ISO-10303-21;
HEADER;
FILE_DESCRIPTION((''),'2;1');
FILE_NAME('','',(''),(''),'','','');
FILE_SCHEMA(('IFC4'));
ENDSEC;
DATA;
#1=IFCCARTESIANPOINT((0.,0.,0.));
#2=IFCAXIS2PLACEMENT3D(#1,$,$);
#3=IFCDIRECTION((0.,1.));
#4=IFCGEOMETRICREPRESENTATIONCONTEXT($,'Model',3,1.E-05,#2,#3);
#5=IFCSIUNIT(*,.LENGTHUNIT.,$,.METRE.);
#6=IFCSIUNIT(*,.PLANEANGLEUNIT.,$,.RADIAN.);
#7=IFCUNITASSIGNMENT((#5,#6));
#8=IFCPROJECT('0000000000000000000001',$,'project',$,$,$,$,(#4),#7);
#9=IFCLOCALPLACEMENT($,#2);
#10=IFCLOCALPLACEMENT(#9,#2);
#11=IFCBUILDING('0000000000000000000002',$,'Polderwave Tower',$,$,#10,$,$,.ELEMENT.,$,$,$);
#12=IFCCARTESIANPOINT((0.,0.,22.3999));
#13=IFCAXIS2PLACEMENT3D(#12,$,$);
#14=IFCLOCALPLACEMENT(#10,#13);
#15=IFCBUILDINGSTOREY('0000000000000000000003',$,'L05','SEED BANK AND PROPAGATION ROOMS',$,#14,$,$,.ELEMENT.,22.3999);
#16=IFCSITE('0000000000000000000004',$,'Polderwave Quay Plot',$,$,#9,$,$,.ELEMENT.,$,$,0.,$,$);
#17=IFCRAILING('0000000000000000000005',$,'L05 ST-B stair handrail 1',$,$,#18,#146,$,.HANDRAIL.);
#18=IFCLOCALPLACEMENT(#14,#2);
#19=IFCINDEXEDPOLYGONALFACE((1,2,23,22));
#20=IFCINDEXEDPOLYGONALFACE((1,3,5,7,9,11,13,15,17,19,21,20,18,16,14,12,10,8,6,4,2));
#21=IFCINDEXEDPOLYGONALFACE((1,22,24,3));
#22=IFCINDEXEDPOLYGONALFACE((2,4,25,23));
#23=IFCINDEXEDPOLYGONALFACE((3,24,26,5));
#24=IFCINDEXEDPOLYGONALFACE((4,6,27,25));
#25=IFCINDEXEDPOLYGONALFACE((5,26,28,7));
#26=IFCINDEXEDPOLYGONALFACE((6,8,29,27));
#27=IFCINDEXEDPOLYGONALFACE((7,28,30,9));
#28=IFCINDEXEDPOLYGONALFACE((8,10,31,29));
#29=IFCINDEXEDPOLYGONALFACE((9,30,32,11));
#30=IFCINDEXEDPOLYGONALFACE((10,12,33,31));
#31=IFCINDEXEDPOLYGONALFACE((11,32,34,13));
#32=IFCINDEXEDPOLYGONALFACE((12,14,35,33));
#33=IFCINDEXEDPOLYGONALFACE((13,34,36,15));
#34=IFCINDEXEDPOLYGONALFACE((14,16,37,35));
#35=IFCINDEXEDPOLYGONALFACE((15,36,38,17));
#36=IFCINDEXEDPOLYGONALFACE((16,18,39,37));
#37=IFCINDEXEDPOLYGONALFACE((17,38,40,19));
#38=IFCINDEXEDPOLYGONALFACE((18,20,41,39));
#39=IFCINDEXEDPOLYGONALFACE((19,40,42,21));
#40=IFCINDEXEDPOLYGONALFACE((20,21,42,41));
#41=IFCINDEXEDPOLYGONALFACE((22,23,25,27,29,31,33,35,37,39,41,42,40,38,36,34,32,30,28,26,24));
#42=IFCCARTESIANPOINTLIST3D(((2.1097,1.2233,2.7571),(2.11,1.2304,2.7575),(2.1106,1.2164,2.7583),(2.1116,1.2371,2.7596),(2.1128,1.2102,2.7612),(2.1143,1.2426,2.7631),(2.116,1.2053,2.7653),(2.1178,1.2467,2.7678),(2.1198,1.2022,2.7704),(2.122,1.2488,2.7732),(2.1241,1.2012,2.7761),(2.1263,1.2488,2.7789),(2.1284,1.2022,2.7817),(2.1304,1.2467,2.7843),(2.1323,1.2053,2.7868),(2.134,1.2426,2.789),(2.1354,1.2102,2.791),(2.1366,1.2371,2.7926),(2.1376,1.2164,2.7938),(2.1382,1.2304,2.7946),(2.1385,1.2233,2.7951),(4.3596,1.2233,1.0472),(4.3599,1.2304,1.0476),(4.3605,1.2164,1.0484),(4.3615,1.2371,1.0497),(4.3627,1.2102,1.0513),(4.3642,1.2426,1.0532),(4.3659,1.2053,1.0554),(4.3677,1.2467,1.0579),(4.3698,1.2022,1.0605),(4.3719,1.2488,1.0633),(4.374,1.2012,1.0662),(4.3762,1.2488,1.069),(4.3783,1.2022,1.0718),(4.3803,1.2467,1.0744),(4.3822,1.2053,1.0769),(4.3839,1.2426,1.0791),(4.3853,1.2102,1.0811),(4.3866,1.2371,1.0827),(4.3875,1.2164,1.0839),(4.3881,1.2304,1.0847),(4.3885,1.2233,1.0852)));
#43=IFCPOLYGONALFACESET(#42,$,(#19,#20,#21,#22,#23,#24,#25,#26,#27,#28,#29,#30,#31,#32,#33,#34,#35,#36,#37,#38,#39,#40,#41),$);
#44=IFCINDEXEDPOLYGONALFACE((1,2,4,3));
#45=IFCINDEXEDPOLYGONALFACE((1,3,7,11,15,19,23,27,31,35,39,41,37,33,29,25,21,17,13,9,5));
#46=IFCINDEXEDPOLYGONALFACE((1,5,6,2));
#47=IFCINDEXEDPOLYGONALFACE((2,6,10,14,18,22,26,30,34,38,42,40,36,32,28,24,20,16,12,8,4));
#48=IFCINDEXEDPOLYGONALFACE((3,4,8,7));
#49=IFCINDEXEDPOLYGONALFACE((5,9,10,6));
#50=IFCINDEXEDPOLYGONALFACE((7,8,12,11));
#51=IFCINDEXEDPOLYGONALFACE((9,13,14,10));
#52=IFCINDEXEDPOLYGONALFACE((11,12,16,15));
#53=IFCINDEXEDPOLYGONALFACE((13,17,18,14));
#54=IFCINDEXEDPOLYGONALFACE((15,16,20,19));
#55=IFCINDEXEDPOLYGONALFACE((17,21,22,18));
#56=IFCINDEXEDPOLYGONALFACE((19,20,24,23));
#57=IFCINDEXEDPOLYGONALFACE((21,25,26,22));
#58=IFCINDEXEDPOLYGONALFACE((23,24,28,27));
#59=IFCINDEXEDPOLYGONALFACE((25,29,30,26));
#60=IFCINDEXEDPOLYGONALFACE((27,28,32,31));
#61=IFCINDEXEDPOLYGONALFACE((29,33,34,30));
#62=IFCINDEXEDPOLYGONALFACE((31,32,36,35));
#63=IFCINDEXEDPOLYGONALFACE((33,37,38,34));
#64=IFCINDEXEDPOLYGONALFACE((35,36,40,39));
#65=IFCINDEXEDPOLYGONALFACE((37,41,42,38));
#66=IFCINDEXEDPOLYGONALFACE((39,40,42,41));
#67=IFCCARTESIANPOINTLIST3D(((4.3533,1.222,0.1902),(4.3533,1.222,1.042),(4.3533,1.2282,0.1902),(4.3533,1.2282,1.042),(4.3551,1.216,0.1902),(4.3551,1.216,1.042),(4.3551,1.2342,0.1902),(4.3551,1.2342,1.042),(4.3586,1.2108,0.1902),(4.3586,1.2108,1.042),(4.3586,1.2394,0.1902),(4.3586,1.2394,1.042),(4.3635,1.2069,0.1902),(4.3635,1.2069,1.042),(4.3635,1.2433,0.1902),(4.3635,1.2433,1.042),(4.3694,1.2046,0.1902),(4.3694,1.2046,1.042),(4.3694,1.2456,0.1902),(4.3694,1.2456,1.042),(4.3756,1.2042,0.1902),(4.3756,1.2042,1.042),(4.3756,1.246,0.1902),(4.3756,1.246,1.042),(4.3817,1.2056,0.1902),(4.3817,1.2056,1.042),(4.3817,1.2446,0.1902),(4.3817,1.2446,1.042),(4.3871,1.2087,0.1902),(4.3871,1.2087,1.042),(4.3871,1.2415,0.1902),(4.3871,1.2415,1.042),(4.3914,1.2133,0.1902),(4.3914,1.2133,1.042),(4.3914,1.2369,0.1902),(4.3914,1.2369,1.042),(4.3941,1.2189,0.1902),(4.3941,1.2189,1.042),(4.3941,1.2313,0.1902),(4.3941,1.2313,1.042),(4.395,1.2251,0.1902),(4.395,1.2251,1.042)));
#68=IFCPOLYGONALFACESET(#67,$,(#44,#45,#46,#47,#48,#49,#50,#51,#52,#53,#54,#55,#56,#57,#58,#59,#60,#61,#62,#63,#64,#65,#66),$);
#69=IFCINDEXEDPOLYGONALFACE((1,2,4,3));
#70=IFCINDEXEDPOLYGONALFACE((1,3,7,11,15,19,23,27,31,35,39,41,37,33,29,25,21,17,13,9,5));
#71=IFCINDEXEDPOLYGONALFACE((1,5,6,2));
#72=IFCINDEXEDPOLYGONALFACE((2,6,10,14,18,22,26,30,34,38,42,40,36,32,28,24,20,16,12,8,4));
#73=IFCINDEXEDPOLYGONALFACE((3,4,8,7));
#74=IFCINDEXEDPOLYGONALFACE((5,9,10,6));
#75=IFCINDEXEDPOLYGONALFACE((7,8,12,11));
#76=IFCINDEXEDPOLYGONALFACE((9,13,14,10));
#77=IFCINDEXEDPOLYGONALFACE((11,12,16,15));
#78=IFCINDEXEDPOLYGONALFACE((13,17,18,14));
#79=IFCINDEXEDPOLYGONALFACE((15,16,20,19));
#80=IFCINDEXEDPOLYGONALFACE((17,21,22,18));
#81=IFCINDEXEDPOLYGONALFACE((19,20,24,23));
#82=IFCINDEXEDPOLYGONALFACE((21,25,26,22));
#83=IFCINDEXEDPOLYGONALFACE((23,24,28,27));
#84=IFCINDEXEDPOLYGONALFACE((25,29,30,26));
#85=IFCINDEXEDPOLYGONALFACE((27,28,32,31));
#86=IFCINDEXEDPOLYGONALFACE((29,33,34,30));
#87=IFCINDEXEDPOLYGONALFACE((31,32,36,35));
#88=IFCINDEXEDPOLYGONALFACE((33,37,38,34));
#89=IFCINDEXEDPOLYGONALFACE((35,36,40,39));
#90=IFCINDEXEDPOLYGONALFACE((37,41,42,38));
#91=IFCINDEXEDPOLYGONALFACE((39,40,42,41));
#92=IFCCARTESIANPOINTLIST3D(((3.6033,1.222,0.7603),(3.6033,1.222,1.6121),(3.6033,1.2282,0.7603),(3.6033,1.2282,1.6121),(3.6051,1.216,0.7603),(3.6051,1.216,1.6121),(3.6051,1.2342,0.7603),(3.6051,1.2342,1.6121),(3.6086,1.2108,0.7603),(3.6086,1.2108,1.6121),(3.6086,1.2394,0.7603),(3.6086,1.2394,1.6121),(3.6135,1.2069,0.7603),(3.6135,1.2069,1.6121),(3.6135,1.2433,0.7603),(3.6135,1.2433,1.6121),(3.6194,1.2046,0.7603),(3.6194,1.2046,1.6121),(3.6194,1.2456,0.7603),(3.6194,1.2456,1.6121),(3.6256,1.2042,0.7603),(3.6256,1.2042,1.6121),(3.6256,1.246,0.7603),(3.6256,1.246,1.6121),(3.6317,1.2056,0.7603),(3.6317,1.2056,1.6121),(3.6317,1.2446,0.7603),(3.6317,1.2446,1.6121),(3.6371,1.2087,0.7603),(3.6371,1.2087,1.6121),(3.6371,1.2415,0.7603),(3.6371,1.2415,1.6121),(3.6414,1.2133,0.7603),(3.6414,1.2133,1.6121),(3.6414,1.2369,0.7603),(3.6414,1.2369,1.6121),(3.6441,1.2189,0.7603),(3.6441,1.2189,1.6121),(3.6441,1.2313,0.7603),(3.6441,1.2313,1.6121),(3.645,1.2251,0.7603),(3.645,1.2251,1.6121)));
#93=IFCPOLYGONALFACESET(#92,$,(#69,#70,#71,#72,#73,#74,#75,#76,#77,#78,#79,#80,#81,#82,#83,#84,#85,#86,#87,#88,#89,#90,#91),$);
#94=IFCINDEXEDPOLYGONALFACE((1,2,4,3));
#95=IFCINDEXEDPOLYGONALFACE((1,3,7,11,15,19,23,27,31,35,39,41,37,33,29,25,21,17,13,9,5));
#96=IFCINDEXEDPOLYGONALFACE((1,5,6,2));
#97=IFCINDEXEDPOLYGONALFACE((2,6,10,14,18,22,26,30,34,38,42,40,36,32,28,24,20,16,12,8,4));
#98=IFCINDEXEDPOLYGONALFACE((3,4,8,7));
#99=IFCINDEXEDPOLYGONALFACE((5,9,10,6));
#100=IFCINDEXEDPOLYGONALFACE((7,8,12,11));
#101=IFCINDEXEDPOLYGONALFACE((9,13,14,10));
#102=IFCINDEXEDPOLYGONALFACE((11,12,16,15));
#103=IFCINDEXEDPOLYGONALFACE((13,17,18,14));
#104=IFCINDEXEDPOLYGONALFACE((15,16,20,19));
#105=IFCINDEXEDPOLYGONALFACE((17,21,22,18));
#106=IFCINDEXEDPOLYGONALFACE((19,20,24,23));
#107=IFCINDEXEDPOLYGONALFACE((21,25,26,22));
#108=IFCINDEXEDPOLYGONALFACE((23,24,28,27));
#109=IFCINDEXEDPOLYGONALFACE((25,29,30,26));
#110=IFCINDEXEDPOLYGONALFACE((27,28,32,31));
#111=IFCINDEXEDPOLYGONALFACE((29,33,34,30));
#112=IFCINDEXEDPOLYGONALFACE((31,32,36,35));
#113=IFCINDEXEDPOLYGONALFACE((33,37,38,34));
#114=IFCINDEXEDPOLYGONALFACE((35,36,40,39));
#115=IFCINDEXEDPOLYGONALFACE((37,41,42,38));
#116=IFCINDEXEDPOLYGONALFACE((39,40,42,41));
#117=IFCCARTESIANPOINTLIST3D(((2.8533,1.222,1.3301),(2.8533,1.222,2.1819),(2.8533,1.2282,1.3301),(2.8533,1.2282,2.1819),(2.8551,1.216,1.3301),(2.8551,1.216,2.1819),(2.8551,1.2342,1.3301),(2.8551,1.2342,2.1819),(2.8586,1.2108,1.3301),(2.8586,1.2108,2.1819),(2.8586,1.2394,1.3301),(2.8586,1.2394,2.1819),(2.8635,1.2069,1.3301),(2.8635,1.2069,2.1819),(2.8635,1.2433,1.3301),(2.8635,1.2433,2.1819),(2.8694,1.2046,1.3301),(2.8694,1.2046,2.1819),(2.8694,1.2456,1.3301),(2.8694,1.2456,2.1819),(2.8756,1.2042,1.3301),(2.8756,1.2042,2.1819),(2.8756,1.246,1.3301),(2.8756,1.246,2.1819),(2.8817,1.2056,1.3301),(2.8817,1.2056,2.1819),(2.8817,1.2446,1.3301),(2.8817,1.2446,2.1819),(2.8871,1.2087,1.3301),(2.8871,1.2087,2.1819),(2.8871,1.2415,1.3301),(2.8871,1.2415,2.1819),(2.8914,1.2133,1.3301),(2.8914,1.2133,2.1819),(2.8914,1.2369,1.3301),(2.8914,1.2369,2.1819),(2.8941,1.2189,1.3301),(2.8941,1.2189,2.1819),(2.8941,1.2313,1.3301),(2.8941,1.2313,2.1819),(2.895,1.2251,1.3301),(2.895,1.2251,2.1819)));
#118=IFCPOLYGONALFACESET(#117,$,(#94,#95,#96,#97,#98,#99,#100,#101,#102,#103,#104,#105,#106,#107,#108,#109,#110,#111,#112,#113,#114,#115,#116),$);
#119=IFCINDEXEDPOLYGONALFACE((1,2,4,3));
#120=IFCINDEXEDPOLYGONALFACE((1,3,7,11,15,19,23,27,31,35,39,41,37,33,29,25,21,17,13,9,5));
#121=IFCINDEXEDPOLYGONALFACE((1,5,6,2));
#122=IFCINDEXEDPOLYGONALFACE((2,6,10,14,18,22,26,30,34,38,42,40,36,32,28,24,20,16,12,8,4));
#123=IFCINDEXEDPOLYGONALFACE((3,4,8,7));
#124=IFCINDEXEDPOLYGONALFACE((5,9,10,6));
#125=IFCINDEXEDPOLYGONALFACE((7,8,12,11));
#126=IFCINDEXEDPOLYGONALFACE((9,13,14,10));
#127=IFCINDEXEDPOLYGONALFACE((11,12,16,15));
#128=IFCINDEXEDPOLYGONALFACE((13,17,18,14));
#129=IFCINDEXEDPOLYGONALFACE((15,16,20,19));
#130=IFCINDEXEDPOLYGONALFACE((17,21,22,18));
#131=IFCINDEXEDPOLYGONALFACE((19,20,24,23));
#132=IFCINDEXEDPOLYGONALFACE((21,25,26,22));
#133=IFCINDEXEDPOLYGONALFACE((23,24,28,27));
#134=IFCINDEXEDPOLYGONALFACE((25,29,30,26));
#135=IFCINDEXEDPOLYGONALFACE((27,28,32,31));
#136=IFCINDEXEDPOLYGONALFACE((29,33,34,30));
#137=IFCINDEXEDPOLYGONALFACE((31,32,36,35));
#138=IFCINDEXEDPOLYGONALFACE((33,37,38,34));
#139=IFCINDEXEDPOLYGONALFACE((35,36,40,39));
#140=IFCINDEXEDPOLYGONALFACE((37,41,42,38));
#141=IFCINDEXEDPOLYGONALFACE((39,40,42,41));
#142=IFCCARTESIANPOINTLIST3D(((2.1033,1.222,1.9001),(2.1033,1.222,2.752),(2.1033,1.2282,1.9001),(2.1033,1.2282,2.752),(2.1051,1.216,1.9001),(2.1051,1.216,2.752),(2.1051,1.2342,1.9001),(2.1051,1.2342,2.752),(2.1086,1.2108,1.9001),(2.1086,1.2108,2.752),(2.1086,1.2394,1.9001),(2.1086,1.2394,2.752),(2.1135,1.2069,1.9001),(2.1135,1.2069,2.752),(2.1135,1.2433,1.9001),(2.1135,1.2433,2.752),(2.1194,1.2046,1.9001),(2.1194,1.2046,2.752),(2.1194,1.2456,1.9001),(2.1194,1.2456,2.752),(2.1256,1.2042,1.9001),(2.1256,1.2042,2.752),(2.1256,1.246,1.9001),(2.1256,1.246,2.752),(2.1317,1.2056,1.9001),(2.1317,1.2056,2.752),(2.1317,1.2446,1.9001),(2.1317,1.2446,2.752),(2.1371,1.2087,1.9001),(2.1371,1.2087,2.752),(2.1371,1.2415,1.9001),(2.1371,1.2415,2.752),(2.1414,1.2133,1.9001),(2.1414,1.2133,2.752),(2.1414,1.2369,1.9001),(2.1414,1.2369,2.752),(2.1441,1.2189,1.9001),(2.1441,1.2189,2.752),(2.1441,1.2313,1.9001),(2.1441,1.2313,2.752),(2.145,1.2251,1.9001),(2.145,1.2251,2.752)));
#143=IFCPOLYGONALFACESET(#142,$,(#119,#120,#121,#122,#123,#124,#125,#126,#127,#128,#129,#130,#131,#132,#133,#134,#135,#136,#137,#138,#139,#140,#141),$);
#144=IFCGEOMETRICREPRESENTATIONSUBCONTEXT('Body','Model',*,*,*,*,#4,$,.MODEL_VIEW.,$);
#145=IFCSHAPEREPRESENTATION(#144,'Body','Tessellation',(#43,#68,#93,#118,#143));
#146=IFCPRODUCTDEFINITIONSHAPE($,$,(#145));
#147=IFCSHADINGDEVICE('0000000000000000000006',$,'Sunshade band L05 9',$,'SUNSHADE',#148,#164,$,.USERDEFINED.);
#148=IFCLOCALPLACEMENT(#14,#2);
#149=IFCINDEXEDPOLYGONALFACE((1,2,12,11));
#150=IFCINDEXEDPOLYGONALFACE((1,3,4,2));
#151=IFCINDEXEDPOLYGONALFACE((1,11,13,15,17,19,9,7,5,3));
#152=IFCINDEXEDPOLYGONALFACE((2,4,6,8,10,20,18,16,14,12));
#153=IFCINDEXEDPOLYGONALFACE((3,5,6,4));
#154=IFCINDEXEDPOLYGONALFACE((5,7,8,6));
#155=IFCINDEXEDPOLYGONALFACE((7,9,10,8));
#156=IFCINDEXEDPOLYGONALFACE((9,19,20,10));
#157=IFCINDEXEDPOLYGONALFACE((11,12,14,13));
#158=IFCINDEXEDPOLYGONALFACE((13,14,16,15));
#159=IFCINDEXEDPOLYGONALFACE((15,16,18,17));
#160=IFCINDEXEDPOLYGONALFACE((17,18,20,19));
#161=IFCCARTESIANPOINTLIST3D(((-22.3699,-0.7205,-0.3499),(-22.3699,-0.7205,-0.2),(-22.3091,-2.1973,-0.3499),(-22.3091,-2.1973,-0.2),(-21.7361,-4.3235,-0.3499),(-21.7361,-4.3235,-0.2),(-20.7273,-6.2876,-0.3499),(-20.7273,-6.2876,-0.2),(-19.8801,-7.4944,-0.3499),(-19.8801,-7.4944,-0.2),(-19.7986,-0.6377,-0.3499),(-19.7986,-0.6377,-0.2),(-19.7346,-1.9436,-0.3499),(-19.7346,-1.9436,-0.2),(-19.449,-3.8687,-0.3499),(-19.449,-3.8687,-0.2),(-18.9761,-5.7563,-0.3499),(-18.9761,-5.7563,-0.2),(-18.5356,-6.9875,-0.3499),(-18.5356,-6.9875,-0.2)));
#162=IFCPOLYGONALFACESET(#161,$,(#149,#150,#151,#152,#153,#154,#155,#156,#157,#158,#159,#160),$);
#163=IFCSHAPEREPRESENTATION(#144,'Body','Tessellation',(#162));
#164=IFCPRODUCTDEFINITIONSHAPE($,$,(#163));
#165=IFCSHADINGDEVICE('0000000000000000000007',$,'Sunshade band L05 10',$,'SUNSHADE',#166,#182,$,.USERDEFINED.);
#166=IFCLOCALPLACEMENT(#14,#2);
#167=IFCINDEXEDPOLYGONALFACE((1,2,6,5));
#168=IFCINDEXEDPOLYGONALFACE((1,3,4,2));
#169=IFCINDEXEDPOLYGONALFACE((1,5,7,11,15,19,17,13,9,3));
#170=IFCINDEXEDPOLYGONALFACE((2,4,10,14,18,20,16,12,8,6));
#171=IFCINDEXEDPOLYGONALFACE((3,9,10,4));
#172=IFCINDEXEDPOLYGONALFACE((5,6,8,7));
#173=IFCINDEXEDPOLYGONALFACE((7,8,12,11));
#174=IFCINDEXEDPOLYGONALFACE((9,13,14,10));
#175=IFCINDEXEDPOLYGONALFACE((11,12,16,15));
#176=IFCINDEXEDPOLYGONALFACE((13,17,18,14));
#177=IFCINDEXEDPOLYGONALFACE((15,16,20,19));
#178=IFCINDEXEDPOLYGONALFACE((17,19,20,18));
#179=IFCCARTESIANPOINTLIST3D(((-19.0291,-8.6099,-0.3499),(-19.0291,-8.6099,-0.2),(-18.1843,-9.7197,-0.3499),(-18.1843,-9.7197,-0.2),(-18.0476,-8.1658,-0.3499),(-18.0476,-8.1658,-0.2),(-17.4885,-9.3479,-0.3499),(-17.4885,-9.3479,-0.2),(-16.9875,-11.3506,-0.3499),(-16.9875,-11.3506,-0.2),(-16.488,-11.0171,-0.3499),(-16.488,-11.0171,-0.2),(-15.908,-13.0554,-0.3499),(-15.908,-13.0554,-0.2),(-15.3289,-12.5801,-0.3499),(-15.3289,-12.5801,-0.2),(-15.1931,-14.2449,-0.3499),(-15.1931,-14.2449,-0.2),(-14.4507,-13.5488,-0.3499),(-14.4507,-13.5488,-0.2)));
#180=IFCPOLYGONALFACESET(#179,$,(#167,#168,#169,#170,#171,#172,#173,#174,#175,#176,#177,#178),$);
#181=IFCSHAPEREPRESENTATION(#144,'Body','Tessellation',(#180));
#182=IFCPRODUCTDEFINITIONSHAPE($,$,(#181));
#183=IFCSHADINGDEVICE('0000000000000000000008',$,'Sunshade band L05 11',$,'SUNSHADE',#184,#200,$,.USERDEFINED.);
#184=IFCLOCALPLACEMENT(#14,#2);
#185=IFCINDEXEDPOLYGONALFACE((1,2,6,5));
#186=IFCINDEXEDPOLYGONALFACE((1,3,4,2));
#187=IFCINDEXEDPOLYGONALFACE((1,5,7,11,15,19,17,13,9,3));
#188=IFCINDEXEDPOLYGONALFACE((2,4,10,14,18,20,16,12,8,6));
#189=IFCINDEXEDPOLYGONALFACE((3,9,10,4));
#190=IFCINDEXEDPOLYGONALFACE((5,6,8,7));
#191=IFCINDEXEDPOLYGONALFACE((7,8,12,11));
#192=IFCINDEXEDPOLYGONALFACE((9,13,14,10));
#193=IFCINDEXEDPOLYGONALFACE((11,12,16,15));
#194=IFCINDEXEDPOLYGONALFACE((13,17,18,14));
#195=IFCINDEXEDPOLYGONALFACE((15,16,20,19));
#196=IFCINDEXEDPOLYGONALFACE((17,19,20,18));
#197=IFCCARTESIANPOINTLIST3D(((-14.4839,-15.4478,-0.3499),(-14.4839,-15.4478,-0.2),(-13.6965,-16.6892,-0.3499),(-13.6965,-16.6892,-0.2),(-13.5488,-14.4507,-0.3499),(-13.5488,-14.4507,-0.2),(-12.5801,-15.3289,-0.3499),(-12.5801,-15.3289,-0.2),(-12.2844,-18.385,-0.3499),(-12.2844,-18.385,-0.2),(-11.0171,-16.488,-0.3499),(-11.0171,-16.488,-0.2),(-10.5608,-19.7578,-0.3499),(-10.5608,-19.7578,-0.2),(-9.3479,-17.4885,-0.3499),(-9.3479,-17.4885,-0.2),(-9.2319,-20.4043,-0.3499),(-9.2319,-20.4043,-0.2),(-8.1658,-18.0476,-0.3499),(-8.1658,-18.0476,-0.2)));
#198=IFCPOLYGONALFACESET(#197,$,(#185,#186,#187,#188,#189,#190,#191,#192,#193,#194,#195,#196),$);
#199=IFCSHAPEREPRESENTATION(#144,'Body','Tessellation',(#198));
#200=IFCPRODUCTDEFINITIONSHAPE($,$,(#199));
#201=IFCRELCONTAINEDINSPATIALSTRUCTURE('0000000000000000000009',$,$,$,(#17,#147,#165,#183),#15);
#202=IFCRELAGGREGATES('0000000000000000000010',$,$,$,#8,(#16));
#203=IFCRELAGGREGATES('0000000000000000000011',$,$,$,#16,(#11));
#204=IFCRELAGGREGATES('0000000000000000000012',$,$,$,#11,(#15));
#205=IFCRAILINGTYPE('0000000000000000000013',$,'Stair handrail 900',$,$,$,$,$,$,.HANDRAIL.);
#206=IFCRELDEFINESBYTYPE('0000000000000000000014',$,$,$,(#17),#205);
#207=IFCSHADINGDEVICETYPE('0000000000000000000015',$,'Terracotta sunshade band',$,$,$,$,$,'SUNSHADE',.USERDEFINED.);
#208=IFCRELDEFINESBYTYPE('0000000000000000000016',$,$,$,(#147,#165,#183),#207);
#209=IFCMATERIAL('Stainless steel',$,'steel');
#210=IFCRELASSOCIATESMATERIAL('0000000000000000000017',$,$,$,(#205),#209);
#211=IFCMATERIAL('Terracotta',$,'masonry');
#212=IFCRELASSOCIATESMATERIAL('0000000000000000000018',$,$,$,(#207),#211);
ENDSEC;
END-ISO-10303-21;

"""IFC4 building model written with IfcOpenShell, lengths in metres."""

from ifc_helpers import new_model, si_unit, direction, frame, origin, origin_2d, place, context, subcontext, project, spatial, polyline, circle, outline, extrude, material, type_object, element, save


model = new_model("IFC4")

# Units and contexts
model_context = context("Model", 3, precision=1e-05, world=origin(), true_north=direction((0.0, 1.0)))
body_context = subcontext(model_context, "Body", "Model", "MODEL_VIEW")
ifc_project = project(units=[si_unit("LENGTHUNIT", "METRE"), si_unit("PLANEANGLEUNIT", "RADIAN")], contexts=[model_context])

# Site, building, storey
site_placement = place(None, origin())
site = spatial("IfcSite", under=ifc_project, at=site_placement, Name="Polderwave Quay Plot", CompositionType="ELEMENT", RefElevation=0.0)
building_placement = place(site_placement, origin())
building = spatial("IfcBuilding", under=site, at=building_placement, Name="Polderwave Tower", CompositionType="ELEMENT")
storey_placement = place(building_placement, frame((0.0, 0.0, 22.3999)))
storey = spatial("IfcBuildingStorey", under=building, at=storey_placement, Name="L05", Description="SEED BANK AND PROPAGATION ROOMS", CompositionType="ELEMENT", Elevation=22.3999)

# Railing
ifc_material_1 = material(Name="Stainless steel", Category="steel")
railing_type_1 = type_object("IfcRailingType", Name="Stair handrail 900", PredefinedType="HANDRAIL", material=ifc_material_1)
railing_1_placement = place(storey_placement, frame((4.374, 1.2251, 0.1902)))
element("IfcRailing", 1, at=railing_1_placement, inside=storey, type_object=railing_type_1, Name="L05 ST-B stair handrail 1", PredefinedType="HANDRAIL", context=body_context, shape_type="SweptSolid", body=[
    extrude(circle(Radius=0.0239, at=origin_2d()), frame((0.0, 0.0, 0.876), z_axis=(-0.796169, 0.0, 0.605075), x_axis=(0.0, -1.0, 0.0)), (0.0, 0.0, 1.0), 2.8259),
    extrude(circle(Radius=0.021, at=origin_2d()), origin(), (0.0, 0.0, 1.0), 0.8518),
    extrude(circle(Radius=0.021, at=origin_2d()), frame((-0.75, 0.0, 0.5701)), (0.0, 0.0, 1.0), 0.8518),
    extrude(circle(Radius=0.021, at=origin_2d()), frame((-1.5, 0.0, 1.1399)), (0.0, 0.0, 1.0), 0.8518),
    extrude(circle(Radius=0.021, at=origin_2d()), frame((-2.25, 0.0, 1.71)), (0.0, 0.0, 1.0), 0.8518),
])

# Shading devices
ifc_material_2 = material(Name="Terracotta", Category="masonry")
shading_device_type = type_object("IfcShadingDeviceType", Name="Terracotta sunshade band", ElementType="SUNSHADE", PredefinedType="USERDEFINED", material=ifc_material_2)
shading_device_1_placement = place(storey_placement, frame((0.0, 0.0, -0.3499)))
element("IfcShadingDevice", 2, at=shading_device_1_placement, inside=storey, type_object=shading_device_type, Name="Sunshade band L05 9", ObjectType="SUNSHADE", PredefinedType="USERDEFINED", context=body_context, shape_type="SweptSolid", body=[
    extrude(outline(polyline([(-19.7986, -0.6377), (-19.7346, -1.9436), (-19.449, -3.8687), (-18.9761, -5.7563), (-18.5356, -6.9875), (-19.8801, -7.4944), (-20.7273, -6.2876), (-21.7361, -4.3235), (-22.3091, -2.1973), (-22.3699, -0.7205), (-19.7986, -0.6377)])), origin(), (0.0, 0.0, 1.0), 0.1499),
])
shading_device_2_placement = place(storey_placement, frame((0.0, 0.0, -0.3499)))
element("IfcShadingDevice", 3, at=shading_device_2_placement, inside=storey, type_object=shading_device_type, Name="Sunshade band L05 10", ObjectType="SUNSHADE", PredefinedType="USERDEFINED", context=body_context, shape_type="SweptSolid", body=[
    extrude(outline(polyline([(-18.0476, -8.1658), (-17.4885, -9.3479), (-16.488, -11.0171), (-15.3289, -12.5801), (-14.4507, -13.5488), (-15.1931, -14.2449), (-15.908, -13.0554), (-16.9875, -11.3506), (-18.1843, -9.7197), (-19.0291, -8.6099), (-18.0476, -8.1658)])), origin(), (0.0, 0.0, 1.0), 0.1499),
])
shading_device_3_placement = place(storey_placement, frame((0.0, 0.0, -0.3499)))
element("IfcShadingDevice", 4, at=shading_device_3_placement, inside=storey, type_object=shading_device_type, Name="Sunshade band L05 11", ObjectType="SUNSHADE", PredefinedType="USERDEFINED", context=body_context, shape_type="SweptSolid", body=[
    extrude(outline(polyline([(-13.5488, -14.4507), (-12.5801, -15.3289), (-11.0171, -16.488), (-9.3479, -17.4885), (-8.1658, -18.0476), (-9.2319, -20.4043), (-10.5608, -19.7578), (-12.2844, -18.385), (-13.6965, -16.6892), (-14.4839, -15.4478), (-13.5488, -14.4507)])), origin(), (0.0, 0.0, 1.0), 0.1499),
])

save(model, "model.ifc")
